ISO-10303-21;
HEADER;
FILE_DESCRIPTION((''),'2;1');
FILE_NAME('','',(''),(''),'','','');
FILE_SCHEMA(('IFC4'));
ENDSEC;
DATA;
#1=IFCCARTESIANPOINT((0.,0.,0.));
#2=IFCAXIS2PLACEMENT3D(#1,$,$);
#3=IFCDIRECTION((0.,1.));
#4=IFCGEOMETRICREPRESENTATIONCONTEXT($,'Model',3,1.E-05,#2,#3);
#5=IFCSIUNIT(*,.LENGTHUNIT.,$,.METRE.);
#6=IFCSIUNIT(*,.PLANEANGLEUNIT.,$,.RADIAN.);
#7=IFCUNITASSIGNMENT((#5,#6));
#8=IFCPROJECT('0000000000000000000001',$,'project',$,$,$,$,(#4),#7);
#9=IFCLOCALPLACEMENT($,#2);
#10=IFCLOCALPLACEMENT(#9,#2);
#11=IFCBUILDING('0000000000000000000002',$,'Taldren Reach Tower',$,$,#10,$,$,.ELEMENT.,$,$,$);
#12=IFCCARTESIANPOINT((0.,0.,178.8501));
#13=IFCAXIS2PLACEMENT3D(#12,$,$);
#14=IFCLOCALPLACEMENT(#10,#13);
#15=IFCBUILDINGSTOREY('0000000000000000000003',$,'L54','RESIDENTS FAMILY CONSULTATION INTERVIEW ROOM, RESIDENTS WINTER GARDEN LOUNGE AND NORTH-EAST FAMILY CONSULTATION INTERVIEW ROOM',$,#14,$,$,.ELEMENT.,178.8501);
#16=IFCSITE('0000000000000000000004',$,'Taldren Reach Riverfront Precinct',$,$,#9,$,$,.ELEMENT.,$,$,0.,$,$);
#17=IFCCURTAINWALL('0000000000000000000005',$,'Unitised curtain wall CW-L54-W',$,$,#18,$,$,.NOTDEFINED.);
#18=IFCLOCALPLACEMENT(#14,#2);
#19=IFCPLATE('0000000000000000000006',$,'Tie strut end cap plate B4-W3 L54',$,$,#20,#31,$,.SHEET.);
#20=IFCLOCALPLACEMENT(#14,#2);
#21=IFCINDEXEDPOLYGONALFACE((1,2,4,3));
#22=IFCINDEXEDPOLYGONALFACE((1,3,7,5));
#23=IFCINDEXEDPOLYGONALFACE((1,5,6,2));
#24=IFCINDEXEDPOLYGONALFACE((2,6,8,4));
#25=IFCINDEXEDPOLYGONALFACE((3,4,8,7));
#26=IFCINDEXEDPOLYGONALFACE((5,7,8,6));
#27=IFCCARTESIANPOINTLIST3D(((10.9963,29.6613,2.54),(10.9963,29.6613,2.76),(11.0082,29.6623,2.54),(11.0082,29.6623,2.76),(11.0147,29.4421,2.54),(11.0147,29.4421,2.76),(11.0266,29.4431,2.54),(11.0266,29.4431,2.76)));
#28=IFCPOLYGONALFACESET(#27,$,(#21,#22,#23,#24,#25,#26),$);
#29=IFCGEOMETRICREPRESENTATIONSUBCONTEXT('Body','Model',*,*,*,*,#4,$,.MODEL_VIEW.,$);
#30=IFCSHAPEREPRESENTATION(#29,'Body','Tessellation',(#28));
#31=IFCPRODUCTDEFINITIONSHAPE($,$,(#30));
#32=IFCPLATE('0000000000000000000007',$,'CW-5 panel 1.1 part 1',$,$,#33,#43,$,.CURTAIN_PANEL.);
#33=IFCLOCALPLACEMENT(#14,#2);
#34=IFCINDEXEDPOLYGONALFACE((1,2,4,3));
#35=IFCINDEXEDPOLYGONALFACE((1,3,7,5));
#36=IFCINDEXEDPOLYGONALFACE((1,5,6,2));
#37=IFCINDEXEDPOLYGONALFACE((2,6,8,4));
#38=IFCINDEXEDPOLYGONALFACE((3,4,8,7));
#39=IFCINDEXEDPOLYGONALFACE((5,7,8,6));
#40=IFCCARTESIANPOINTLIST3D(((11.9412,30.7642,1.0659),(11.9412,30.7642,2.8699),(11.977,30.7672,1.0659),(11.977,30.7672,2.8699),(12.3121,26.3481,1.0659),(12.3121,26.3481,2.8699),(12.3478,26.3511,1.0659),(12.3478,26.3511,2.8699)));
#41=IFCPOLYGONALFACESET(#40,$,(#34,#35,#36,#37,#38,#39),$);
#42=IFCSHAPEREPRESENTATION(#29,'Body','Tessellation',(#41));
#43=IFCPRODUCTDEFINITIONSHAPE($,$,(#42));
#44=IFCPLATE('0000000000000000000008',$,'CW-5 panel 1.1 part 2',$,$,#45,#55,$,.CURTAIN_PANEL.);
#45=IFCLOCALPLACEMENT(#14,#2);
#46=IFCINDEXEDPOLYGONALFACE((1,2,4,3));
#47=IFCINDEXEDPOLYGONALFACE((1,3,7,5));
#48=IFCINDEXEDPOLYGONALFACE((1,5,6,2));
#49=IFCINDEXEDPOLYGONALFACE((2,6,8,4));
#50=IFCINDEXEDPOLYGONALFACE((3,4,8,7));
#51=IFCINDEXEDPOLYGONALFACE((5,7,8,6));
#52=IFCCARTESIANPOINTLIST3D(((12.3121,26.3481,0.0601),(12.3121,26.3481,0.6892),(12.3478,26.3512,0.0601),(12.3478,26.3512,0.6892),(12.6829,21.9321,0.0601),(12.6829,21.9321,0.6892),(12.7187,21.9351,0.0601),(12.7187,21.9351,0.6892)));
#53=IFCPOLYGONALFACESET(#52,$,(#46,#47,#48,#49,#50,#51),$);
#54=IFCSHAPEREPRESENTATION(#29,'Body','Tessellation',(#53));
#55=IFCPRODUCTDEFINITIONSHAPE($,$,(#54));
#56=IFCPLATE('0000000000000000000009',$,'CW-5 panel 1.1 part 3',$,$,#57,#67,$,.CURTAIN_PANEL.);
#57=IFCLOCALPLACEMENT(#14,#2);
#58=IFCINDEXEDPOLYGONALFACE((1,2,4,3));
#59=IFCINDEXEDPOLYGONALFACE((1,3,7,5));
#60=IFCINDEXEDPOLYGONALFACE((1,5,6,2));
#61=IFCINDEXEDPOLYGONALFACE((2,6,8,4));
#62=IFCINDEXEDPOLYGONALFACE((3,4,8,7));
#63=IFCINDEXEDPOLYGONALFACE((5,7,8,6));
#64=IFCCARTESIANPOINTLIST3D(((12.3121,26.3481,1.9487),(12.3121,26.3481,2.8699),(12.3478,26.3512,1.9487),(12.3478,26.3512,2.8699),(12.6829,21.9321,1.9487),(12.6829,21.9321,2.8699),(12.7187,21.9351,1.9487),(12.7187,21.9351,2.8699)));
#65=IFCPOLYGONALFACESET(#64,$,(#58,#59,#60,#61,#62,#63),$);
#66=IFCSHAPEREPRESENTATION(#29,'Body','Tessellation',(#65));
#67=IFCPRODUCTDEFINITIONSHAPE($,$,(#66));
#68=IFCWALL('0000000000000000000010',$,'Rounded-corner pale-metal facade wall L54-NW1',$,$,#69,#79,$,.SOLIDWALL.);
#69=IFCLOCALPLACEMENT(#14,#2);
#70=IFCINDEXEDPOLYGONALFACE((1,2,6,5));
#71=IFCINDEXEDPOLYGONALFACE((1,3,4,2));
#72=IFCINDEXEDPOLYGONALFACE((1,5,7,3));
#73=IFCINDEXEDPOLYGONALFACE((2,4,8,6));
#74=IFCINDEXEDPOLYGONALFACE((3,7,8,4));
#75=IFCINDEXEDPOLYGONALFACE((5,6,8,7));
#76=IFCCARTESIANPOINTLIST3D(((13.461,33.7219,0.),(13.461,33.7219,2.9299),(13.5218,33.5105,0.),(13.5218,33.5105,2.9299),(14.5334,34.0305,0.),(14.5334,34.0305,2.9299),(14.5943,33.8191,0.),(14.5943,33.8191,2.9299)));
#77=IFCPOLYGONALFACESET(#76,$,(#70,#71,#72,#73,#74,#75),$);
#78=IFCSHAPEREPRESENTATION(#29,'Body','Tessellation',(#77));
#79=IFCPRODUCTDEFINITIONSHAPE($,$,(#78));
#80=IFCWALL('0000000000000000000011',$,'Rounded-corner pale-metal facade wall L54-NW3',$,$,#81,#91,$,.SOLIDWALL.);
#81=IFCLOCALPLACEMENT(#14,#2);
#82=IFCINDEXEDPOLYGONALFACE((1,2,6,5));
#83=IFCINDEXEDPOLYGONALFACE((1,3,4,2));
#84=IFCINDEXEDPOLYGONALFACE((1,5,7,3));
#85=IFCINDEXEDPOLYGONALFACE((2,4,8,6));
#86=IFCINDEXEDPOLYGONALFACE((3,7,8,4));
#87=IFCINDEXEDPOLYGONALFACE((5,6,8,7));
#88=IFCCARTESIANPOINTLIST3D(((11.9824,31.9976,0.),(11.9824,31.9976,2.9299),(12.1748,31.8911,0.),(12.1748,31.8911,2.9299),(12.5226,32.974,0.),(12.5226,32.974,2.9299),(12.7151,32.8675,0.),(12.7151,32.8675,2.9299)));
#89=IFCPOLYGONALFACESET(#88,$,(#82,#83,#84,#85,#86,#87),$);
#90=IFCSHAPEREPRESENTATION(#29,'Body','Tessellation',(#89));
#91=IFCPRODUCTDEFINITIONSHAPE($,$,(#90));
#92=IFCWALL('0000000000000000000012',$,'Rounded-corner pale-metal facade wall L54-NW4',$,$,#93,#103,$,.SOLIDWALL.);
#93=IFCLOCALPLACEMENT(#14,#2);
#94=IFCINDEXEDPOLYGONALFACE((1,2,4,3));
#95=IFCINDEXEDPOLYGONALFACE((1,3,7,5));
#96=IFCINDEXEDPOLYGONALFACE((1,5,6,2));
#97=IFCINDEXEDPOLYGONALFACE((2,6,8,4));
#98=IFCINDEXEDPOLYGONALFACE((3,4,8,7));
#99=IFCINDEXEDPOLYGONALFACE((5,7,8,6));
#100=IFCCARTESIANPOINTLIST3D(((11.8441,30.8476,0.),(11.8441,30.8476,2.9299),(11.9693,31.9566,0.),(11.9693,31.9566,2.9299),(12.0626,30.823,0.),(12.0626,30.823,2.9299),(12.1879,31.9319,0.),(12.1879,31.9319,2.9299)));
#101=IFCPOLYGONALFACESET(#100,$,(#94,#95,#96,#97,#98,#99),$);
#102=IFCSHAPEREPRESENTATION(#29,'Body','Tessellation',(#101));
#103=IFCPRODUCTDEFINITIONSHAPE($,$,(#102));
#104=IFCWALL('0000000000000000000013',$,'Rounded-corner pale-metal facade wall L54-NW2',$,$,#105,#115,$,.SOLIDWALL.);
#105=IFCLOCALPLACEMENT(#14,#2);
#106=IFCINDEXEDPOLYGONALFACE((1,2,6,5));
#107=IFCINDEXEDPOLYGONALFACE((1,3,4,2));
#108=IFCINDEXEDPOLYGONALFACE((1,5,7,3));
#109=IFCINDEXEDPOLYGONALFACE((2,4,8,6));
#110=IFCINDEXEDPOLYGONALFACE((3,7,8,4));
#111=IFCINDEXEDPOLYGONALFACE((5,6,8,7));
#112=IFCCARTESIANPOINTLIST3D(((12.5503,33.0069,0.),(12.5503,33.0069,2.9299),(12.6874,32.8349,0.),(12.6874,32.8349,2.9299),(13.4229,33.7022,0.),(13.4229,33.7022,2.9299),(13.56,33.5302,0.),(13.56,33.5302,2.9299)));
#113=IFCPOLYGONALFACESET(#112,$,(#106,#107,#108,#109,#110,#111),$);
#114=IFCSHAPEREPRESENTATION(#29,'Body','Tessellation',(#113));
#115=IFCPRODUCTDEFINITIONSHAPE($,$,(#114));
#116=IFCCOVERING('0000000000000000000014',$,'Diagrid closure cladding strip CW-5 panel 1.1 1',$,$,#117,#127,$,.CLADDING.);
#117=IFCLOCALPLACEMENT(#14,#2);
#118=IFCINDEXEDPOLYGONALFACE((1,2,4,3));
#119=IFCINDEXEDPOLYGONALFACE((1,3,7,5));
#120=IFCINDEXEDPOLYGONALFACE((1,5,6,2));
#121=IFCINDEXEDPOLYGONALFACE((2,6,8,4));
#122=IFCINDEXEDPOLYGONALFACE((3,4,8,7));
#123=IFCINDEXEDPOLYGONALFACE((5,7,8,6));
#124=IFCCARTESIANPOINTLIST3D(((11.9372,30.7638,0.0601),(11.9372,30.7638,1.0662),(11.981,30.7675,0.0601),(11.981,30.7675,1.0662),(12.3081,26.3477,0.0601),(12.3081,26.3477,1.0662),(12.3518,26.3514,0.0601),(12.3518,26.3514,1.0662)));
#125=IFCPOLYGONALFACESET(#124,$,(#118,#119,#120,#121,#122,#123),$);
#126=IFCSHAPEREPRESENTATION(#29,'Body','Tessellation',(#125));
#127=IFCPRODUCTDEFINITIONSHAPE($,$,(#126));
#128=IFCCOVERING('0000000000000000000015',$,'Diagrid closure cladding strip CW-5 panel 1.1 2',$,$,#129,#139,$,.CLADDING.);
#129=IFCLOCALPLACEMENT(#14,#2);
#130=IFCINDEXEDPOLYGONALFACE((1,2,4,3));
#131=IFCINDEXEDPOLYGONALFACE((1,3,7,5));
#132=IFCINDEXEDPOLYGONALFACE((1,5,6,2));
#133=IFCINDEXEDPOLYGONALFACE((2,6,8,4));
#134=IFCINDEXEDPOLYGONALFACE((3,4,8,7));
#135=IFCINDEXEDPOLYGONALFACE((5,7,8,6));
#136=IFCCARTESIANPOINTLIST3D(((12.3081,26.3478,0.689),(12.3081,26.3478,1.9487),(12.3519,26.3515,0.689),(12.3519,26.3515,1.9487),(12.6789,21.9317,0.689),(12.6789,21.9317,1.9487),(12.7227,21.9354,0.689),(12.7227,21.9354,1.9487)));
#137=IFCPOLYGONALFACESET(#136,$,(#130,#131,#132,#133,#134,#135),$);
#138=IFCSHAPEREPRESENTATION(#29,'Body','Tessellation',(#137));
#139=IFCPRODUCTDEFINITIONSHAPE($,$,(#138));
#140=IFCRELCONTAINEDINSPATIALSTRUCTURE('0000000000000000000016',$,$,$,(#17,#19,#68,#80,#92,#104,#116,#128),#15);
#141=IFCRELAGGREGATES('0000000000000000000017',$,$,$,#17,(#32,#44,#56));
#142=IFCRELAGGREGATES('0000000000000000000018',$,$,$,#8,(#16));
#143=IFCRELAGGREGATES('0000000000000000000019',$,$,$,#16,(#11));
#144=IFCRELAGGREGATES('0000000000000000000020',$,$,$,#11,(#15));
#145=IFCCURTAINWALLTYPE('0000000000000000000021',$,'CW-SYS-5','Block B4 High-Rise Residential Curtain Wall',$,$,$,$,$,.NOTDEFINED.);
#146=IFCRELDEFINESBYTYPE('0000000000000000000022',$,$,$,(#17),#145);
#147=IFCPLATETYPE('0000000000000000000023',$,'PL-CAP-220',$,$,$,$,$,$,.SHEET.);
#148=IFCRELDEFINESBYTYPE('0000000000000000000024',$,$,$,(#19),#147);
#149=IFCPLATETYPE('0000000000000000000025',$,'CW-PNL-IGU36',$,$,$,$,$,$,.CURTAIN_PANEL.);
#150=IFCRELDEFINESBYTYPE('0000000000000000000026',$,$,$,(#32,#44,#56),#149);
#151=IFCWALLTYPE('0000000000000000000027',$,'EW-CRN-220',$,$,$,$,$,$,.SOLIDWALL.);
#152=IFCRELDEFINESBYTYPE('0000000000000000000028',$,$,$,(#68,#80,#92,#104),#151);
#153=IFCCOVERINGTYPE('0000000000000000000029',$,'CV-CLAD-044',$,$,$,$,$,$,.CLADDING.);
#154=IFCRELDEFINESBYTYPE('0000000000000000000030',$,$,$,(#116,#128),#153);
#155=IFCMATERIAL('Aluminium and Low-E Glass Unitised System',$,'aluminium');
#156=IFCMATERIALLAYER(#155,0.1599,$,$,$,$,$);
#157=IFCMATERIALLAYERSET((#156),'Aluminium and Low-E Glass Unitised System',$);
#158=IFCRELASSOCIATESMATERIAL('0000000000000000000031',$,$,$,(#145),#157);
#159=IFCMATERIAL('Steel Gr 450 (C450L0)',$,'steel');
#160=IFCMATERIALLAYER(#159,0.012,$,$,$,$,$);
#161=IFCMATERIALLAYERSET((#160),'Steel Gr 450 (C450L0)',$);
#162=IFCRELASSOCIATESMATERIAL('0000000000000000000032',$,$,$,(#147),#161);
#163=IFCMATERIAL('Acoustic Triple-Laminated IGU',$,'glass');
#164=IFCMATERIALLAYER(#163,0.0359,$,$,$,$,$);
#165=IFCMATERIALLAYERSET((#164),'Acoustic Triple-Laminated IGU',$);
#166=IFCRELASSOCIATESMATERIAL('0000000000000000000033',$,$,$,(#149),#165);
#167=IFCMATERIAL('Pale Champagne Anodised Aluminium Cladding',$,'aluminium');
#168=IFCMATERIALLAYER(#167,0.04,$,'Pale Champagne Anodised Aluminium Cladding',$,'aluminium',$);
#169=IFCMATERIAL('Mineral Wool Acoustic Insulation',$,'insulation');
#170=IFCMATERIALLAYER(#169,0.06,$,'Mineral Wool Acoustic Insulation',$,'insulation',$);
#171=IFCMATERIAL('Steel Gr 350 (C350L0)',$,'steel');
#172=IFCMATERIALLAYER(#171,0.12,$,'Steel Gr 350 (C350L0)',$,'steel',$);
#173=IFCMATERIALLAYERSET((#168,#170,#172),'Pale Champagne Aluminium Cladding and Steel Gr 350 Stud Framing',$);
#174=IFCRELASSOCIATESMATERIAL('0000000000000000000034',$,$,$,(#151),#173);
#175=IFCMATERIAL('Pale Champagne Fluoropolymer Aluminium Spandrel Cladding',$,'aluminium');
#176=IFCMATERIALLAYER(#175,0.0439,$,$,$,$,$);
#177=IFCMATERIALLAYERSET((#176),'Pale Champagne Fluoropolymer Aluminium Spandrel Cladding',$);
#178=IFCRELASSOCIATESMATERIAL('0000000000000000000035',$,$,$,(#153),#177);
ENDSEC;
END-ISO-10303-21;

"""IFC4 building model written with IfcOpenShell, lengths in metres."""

from ifc_helpers import new_model, si_unit, direction, frame, frame_2d, origin, origin_2d, place, context, subcontext, project, spatial, rectangle, extrude, source, transform, mapped, material, layer, layer_set, type_object, element, aggregate, save


model = new_model("IFC4")

# Units and contexts
model_context = context("Model", 3, precision=1e-05, world=origin(), true_north=direction((0.0, 1.0)))
body_context = subcontext(model_context, "Body", "Model", "MODEL_VIEW")
ifc_project = project(units=[si_unit("LENGTHUNIT", "METRE"), si_unit("PLANEANGLEUNIT", "RADIAN")], contexts=[model_context])

# Site, building, storey
site_placement = place(None, origin())
site = spatial("IfcSite", under=ifc_project, at=site_placement, Name="Taldren Reach Riverfront Precinct", CompositionType="ELEMENT", RefElevation=0.0)
building_placement = place(site_placement, origin())
building = spatial("IfcBuilding", under=site, at=building_placement, Name="Taldren Reach Tower", CompositionType="ELEMENT")
storey_placement = place(building_placement, frame((0.0, 0.0, 178.8501)))
storey = spatial("IfcBuildingStorey", under=building, at=storey_placement, Name="L54", Description="RESIDENTS FAMILY CONSULTATION INTERVIEW ROOM, RESIDENTS WINTER GARDEN LOUNGE AND NORTH-EAST FAMILY CONSULTATION INTERVIEW ROOM", CompositionType="ELEMENT", Elevation=178.8501)

# Shared definitions
ifc_material_1 = material(Name="Steel Gr 350 (C350L0)", Category="steel")

# Shared definitions
ifc_material_2 = material(Name="Steel Gr 450 (C450L0)", Category="steel")

# Shared definitions
ifc_material_3 = material(Name="Aluminium and Low-E Glass Unitised System", Category="aluminium")
ifc_layer_1 = layer(ifc_material_3, 0.1599)
ifc_layer_set_1 = layer_set([ifc_layer_1], Name="Aluminium and Low-E Glass Unitised System")
curtain_wall_type = type_object("IfcCurtainWallType", Name="CW-SYS-5", Description="Block B4 High-Rise Residential Curtain Wall", PredefinedType="NOTDEFINED", material=ifc_layer_set_1)

# Curtain wall
curtain_wall_1_placement = place(storey_placement, origin())
curtain_wall_1 = element("IfcCurtainWall", 1, at=curtain_wall_1_placement, inside=storey, type_object=curtain_wall_type, Name="Unitised curtain wall CW-L54-W", PredefinedType="NOTDEFINED")

# Plate
ifc_layer_2 = layer(ifc_material_2, 0.012)
ifc_layer_set_2 = layer_set([ifc_layer_2], Name="Steel Gr 450 (C450L0)")
plate_type_1 = type_object("IfcPlateType", Name="PL-CAP-220", PredefinedType="SHEET", material=ifc_layer_set_2)
shared_shape_1 = source(origin(), body_context, "Body", "SweptSolid", [
    extrude(rectangle(XDim=0.012, YDim=0.22, at=origin_2d()), origin(), (0.0, 0.0, 1.0), 0.22),
])
plate_1_placement = place(storey_placement, frame((11.0115, 29.5522, 2.54), z_axis=(0.0, 0.0, 1.0), x_axis=(0.996493, 0.083678, 0.0)))
element("IfcPlate", 2, at=plate_1_placement, inside=storey, type_object=plate_type_1, Name="Tie strut end cap plate B4-W3 L54", PredefinedType="SHEET", context=body_context, shape_type="MappedRepresentation", body=[
    mapped(shared_shape_1, transform((0.0, 0.0, 0.0), scale=1.0)),
])

# Plates
ifc_material_4 = material(Name="Acoustic Triple-Laminated IGU", Category="glass")
ifc_layer_3 = layer(ifc_material_4, 0.0359)
ifc_layer_set_3 = layer_set([ifc_layer_3], Name="Acoustic Triple-Laminated IGU")
plate_type_2 = type_object("IfcPlateType", Name="CW-PNL-IGU36", PredefinedType="CURTAIN_PANEL", material=ifc_layer_set_3)
shared_shape_2 = source(origin(), body_context, "Body", "SweptSolid", [
    extrude(rectangle(XDim=4.4316, YDim=0.0359, at=origin_2d()), origin(), (0.0, 0.0, 1.0), 1.804),
])
plate_2_placement = place(storey_placement, frame((12.1445, 28.5576, 1.0659), z_axis=(0.0, 0.0, 1.0), x_axis=(0.083678, -0.996493, 0.0)))
plate_2 = element("IfcPlate", 3, at=plate_2_placement, type_object=plate_type_2, Name="CW-5 panel 1.1 part 1", PredefinedType="CURTAIN_PANEL", context=body_context, shape_type="MappedRepresentation", body=[
    mapped(shared_shape_2, transform((0.0, 0.0, 0.0), scale=1.0)),
])
shared_shape_3 = source(origin(), body_context, "Body", "SweptSolid", [
    extrude(rectangle(XDim=4.4316, YDim=0.0359, at=origin_2d()), origin(), (0.0, 0.0, 1.0), 0.6292),
])
plate_3_placement = place(storey_placement, frame((12.5154, 24.1416, 0.0601), z_axis=(0.0, 0.0, 1.0), x_axis=(0.083678, -0.996493, 0.0)))
plate_3 = element("IfcPlate", 4, at=plate_3_placement, type_object=plate_type_2, Name="CW-5 panel 1.1 part 2", PredefinedType="CURTAIN_PANEL", context=body_context, shape_type="MappedRepresentation", body=[
    mapped(shared_shape_3, transform((0.0, 0.0, 0.0), scale=1.0)),
])
shared_shape_4 = source(origin(), body_context, "Body", "SweptSolid", [
    extrude(rectangle(XDim=4.4316, YDim=0.0359, at=origin_2d()), origin(), (0.0, 0.0, 1.0), 0.9211),
])
plate_4_placement = place(storey_placement, frame((12.5154, 24.1416, 1.9487), z_axis=(0.0, 0.0, 1.0), x_axis=(0.083678, -0.996493, 0.0)))
plate_4 = element("IfcPlate", 5, at=plate_4_placement, type_object=plate_type_2, Name="CW-5 panel 1.1 part 3", PredefinedType="CURTAIN_PANEL", context=body_context, shape_type="MappedRepresentation", body=[
    mapped(shared_shape_4, transform((0.0, 0.0, 0.0), scale=1.0)),
])
aggregate(curtain_wall_1, [plate_2, plate_3, plate_4])

# Walls
ifc_material_5 = material(Name="Pale Champagne Anodised Aluminium Cladding", Category="aluminium")
ifc_layer_4 = layer(ifc_material_5, 0.04, Name="Pale Champagne Anodised Aluminium Cladding", Category="aluminium")
ifc_material_6 = material(Name="Mineral Wool Acoustic Insulation", Category="insulation")
ifc_layer_5 = layer(ifc_material_6, 0.06, Name="Mineral Wool Acoustic Insulation", Category="insulation")
ifc_layer_6 = layer(ifc_material_1, 0.12, Name="Steel Gr 350 (C350L0)", Category="steel")
ifc_layer_set_4 = layer_set([ifc_layer_4, ifc_layer_5, ifc_layer_6], Name="Pale Champagne Aluminium Cladding and Steel Gr 350 Stud Framing")
wall_type = type_object("IfcWallType", Name="EW-CRN-220", PredefinedType="SOLIDWALL", material=ifc_layer_set_4)
shared_shape_5 = source(origin(), body_context, "Body", "SweptSolid", [
    extrude(rectangle(XDim=1.116, YDim=0.22, at=frame_2d((0.5581, 0.0))), origin(), (0.0, 0.0, 1.0), 2.9299),
])
for number, where, z_axis, x_axis, name in (
    (6, (14.564, 33.9248, 0.0), (0.0, 0.0, 1.0), (-0.96101, -0.276512, 0.0), "Rounded-corner pale-metal facade wall L54-NW1"),
    (7, (12.6189, 32.9209, 0.0), (0.0, 0.0, 1.0), (-0.484101, -0.875012, 0.0), "Rounded-corner pale-metal facade wall L54-NW3"),
    (8, (12.0786, 31.9443, 0.0), (0.0, 0.0, 1.0), (-0.112232, -0.993682, 0.0), "Rounded-corner pale-metal facade wall L54-NW4"),
):
    element("IfcWall", number, at=place(storey_placement, frame(where, z_axis=z_axis, x_axis=x_axis)), inside=storey, type_object=wall_type, Name=name, PredefinedType="SOLIDWALL", context=body_context, shape_type="MappedRepresentation", body=[
        mapped(shared_shape_5, transform((0.0, 0.0, 0.0), scale=1.0)),
    ])
shared_shape_6 = source(origin(), body_context, "Body", "SweptSolid", [
    extrude(rectangle(XDim=1.1157, YDim=0.22, at=frame_2d((0.5579, 0.0))), origin(), (0.0, 0.0, 1.0), 2.9299),
])
wall_placement = place(storey_placement, frame((13.4915, 33.6162, 0.0), z_axis=(0.0, 0.0, 1.0), x_axis=(-0.782063, -0.6232, 0.0)))
element("IfcWall", 9, at=wall_placement, inside=storey, type_object=wall_type, Name="Rounded-corner pale-metal facade wall L54-NW2", PredefinedType="SOLIDWALL", context=body_context, shape_type="MappedRepresentation", body=[
    mapped(shared_shape_6, transform((0.0, 0.0, 0.0), scale=1.0)),
])

# Coverings
ifc_material_7 = material(Name="Pale Champagne Fluoropolymer Aluminium Spandrel Cladding", Category="aluminium")
ifc_layer_7 = layer(ifc_material_7, 0.0439)
ifc_layer_set_5 = layer_set([ifc_layer_7], Name="Pale Champagne Fluoropolymer Aluminium Spandrel Cladding")
covering_type = type_object("IfcCoveringType", Name="CV-CLAD-044", PredefinedType="CLADDING", material=ifc_layer_set_5)
shared_shape_7 = source(origin(), body_context, "Body", "SweptSolid", [
    extrude(rectangle(XDim=4.4316, YDim=0.0439, at=origin_2d()), origin(), (0.0, 0.0, 1.0), 1.0061),
])
covering_1_placement = place(storey_placement, frame((12.1445, 28.5576, 0.0601), z_axis=(0.0, 0.0, 1.0), x_axis=(0.083678, -0.996493, 0.0)))
element("IfcCovering", 10, at=covering_1_placement, inside=storey, type_object=covering_type, Name="Diagrid closure cladding strip CW-5 panel 1.1 1", PredefinedType="CLADDING", context=body_context, shape_type="MappedRepresentation", body=[
    mapped(shared_shape_7, transform((0.0, 0.0, 0.0), scale=1.0)),
])
shared_shape_8 = source(origin(), body_context, "Body", "SweptSolid", [
    extrude(rectangle(XDim=4.4316, YDim=0.0439, at=origin_2d()), origin(), (0.0, 0.0, 1.0), 1.2598),
])
covering_2_placement = place(storey_placement, frame((12.5154, 24.1416, 0.689), z_axis=(0.0, 0.0, 1.0), x_axis=(0.083678, -0.996493, 0.0)))
element("IfcCovering", 11, at=covering_2_placement, inside=storey, type_object=covering_type, Name="Diagrid closure cladding strip CW-5 panel 1.1 2", PredefinedType="CLADDING", context=body_context, shape_type="MappedRepresentation", body=[
    mapped(shared_shape_8, transform((0.0, 0.0, 0.0), scale=1.0)),
])

save(model, "model.ifc")
